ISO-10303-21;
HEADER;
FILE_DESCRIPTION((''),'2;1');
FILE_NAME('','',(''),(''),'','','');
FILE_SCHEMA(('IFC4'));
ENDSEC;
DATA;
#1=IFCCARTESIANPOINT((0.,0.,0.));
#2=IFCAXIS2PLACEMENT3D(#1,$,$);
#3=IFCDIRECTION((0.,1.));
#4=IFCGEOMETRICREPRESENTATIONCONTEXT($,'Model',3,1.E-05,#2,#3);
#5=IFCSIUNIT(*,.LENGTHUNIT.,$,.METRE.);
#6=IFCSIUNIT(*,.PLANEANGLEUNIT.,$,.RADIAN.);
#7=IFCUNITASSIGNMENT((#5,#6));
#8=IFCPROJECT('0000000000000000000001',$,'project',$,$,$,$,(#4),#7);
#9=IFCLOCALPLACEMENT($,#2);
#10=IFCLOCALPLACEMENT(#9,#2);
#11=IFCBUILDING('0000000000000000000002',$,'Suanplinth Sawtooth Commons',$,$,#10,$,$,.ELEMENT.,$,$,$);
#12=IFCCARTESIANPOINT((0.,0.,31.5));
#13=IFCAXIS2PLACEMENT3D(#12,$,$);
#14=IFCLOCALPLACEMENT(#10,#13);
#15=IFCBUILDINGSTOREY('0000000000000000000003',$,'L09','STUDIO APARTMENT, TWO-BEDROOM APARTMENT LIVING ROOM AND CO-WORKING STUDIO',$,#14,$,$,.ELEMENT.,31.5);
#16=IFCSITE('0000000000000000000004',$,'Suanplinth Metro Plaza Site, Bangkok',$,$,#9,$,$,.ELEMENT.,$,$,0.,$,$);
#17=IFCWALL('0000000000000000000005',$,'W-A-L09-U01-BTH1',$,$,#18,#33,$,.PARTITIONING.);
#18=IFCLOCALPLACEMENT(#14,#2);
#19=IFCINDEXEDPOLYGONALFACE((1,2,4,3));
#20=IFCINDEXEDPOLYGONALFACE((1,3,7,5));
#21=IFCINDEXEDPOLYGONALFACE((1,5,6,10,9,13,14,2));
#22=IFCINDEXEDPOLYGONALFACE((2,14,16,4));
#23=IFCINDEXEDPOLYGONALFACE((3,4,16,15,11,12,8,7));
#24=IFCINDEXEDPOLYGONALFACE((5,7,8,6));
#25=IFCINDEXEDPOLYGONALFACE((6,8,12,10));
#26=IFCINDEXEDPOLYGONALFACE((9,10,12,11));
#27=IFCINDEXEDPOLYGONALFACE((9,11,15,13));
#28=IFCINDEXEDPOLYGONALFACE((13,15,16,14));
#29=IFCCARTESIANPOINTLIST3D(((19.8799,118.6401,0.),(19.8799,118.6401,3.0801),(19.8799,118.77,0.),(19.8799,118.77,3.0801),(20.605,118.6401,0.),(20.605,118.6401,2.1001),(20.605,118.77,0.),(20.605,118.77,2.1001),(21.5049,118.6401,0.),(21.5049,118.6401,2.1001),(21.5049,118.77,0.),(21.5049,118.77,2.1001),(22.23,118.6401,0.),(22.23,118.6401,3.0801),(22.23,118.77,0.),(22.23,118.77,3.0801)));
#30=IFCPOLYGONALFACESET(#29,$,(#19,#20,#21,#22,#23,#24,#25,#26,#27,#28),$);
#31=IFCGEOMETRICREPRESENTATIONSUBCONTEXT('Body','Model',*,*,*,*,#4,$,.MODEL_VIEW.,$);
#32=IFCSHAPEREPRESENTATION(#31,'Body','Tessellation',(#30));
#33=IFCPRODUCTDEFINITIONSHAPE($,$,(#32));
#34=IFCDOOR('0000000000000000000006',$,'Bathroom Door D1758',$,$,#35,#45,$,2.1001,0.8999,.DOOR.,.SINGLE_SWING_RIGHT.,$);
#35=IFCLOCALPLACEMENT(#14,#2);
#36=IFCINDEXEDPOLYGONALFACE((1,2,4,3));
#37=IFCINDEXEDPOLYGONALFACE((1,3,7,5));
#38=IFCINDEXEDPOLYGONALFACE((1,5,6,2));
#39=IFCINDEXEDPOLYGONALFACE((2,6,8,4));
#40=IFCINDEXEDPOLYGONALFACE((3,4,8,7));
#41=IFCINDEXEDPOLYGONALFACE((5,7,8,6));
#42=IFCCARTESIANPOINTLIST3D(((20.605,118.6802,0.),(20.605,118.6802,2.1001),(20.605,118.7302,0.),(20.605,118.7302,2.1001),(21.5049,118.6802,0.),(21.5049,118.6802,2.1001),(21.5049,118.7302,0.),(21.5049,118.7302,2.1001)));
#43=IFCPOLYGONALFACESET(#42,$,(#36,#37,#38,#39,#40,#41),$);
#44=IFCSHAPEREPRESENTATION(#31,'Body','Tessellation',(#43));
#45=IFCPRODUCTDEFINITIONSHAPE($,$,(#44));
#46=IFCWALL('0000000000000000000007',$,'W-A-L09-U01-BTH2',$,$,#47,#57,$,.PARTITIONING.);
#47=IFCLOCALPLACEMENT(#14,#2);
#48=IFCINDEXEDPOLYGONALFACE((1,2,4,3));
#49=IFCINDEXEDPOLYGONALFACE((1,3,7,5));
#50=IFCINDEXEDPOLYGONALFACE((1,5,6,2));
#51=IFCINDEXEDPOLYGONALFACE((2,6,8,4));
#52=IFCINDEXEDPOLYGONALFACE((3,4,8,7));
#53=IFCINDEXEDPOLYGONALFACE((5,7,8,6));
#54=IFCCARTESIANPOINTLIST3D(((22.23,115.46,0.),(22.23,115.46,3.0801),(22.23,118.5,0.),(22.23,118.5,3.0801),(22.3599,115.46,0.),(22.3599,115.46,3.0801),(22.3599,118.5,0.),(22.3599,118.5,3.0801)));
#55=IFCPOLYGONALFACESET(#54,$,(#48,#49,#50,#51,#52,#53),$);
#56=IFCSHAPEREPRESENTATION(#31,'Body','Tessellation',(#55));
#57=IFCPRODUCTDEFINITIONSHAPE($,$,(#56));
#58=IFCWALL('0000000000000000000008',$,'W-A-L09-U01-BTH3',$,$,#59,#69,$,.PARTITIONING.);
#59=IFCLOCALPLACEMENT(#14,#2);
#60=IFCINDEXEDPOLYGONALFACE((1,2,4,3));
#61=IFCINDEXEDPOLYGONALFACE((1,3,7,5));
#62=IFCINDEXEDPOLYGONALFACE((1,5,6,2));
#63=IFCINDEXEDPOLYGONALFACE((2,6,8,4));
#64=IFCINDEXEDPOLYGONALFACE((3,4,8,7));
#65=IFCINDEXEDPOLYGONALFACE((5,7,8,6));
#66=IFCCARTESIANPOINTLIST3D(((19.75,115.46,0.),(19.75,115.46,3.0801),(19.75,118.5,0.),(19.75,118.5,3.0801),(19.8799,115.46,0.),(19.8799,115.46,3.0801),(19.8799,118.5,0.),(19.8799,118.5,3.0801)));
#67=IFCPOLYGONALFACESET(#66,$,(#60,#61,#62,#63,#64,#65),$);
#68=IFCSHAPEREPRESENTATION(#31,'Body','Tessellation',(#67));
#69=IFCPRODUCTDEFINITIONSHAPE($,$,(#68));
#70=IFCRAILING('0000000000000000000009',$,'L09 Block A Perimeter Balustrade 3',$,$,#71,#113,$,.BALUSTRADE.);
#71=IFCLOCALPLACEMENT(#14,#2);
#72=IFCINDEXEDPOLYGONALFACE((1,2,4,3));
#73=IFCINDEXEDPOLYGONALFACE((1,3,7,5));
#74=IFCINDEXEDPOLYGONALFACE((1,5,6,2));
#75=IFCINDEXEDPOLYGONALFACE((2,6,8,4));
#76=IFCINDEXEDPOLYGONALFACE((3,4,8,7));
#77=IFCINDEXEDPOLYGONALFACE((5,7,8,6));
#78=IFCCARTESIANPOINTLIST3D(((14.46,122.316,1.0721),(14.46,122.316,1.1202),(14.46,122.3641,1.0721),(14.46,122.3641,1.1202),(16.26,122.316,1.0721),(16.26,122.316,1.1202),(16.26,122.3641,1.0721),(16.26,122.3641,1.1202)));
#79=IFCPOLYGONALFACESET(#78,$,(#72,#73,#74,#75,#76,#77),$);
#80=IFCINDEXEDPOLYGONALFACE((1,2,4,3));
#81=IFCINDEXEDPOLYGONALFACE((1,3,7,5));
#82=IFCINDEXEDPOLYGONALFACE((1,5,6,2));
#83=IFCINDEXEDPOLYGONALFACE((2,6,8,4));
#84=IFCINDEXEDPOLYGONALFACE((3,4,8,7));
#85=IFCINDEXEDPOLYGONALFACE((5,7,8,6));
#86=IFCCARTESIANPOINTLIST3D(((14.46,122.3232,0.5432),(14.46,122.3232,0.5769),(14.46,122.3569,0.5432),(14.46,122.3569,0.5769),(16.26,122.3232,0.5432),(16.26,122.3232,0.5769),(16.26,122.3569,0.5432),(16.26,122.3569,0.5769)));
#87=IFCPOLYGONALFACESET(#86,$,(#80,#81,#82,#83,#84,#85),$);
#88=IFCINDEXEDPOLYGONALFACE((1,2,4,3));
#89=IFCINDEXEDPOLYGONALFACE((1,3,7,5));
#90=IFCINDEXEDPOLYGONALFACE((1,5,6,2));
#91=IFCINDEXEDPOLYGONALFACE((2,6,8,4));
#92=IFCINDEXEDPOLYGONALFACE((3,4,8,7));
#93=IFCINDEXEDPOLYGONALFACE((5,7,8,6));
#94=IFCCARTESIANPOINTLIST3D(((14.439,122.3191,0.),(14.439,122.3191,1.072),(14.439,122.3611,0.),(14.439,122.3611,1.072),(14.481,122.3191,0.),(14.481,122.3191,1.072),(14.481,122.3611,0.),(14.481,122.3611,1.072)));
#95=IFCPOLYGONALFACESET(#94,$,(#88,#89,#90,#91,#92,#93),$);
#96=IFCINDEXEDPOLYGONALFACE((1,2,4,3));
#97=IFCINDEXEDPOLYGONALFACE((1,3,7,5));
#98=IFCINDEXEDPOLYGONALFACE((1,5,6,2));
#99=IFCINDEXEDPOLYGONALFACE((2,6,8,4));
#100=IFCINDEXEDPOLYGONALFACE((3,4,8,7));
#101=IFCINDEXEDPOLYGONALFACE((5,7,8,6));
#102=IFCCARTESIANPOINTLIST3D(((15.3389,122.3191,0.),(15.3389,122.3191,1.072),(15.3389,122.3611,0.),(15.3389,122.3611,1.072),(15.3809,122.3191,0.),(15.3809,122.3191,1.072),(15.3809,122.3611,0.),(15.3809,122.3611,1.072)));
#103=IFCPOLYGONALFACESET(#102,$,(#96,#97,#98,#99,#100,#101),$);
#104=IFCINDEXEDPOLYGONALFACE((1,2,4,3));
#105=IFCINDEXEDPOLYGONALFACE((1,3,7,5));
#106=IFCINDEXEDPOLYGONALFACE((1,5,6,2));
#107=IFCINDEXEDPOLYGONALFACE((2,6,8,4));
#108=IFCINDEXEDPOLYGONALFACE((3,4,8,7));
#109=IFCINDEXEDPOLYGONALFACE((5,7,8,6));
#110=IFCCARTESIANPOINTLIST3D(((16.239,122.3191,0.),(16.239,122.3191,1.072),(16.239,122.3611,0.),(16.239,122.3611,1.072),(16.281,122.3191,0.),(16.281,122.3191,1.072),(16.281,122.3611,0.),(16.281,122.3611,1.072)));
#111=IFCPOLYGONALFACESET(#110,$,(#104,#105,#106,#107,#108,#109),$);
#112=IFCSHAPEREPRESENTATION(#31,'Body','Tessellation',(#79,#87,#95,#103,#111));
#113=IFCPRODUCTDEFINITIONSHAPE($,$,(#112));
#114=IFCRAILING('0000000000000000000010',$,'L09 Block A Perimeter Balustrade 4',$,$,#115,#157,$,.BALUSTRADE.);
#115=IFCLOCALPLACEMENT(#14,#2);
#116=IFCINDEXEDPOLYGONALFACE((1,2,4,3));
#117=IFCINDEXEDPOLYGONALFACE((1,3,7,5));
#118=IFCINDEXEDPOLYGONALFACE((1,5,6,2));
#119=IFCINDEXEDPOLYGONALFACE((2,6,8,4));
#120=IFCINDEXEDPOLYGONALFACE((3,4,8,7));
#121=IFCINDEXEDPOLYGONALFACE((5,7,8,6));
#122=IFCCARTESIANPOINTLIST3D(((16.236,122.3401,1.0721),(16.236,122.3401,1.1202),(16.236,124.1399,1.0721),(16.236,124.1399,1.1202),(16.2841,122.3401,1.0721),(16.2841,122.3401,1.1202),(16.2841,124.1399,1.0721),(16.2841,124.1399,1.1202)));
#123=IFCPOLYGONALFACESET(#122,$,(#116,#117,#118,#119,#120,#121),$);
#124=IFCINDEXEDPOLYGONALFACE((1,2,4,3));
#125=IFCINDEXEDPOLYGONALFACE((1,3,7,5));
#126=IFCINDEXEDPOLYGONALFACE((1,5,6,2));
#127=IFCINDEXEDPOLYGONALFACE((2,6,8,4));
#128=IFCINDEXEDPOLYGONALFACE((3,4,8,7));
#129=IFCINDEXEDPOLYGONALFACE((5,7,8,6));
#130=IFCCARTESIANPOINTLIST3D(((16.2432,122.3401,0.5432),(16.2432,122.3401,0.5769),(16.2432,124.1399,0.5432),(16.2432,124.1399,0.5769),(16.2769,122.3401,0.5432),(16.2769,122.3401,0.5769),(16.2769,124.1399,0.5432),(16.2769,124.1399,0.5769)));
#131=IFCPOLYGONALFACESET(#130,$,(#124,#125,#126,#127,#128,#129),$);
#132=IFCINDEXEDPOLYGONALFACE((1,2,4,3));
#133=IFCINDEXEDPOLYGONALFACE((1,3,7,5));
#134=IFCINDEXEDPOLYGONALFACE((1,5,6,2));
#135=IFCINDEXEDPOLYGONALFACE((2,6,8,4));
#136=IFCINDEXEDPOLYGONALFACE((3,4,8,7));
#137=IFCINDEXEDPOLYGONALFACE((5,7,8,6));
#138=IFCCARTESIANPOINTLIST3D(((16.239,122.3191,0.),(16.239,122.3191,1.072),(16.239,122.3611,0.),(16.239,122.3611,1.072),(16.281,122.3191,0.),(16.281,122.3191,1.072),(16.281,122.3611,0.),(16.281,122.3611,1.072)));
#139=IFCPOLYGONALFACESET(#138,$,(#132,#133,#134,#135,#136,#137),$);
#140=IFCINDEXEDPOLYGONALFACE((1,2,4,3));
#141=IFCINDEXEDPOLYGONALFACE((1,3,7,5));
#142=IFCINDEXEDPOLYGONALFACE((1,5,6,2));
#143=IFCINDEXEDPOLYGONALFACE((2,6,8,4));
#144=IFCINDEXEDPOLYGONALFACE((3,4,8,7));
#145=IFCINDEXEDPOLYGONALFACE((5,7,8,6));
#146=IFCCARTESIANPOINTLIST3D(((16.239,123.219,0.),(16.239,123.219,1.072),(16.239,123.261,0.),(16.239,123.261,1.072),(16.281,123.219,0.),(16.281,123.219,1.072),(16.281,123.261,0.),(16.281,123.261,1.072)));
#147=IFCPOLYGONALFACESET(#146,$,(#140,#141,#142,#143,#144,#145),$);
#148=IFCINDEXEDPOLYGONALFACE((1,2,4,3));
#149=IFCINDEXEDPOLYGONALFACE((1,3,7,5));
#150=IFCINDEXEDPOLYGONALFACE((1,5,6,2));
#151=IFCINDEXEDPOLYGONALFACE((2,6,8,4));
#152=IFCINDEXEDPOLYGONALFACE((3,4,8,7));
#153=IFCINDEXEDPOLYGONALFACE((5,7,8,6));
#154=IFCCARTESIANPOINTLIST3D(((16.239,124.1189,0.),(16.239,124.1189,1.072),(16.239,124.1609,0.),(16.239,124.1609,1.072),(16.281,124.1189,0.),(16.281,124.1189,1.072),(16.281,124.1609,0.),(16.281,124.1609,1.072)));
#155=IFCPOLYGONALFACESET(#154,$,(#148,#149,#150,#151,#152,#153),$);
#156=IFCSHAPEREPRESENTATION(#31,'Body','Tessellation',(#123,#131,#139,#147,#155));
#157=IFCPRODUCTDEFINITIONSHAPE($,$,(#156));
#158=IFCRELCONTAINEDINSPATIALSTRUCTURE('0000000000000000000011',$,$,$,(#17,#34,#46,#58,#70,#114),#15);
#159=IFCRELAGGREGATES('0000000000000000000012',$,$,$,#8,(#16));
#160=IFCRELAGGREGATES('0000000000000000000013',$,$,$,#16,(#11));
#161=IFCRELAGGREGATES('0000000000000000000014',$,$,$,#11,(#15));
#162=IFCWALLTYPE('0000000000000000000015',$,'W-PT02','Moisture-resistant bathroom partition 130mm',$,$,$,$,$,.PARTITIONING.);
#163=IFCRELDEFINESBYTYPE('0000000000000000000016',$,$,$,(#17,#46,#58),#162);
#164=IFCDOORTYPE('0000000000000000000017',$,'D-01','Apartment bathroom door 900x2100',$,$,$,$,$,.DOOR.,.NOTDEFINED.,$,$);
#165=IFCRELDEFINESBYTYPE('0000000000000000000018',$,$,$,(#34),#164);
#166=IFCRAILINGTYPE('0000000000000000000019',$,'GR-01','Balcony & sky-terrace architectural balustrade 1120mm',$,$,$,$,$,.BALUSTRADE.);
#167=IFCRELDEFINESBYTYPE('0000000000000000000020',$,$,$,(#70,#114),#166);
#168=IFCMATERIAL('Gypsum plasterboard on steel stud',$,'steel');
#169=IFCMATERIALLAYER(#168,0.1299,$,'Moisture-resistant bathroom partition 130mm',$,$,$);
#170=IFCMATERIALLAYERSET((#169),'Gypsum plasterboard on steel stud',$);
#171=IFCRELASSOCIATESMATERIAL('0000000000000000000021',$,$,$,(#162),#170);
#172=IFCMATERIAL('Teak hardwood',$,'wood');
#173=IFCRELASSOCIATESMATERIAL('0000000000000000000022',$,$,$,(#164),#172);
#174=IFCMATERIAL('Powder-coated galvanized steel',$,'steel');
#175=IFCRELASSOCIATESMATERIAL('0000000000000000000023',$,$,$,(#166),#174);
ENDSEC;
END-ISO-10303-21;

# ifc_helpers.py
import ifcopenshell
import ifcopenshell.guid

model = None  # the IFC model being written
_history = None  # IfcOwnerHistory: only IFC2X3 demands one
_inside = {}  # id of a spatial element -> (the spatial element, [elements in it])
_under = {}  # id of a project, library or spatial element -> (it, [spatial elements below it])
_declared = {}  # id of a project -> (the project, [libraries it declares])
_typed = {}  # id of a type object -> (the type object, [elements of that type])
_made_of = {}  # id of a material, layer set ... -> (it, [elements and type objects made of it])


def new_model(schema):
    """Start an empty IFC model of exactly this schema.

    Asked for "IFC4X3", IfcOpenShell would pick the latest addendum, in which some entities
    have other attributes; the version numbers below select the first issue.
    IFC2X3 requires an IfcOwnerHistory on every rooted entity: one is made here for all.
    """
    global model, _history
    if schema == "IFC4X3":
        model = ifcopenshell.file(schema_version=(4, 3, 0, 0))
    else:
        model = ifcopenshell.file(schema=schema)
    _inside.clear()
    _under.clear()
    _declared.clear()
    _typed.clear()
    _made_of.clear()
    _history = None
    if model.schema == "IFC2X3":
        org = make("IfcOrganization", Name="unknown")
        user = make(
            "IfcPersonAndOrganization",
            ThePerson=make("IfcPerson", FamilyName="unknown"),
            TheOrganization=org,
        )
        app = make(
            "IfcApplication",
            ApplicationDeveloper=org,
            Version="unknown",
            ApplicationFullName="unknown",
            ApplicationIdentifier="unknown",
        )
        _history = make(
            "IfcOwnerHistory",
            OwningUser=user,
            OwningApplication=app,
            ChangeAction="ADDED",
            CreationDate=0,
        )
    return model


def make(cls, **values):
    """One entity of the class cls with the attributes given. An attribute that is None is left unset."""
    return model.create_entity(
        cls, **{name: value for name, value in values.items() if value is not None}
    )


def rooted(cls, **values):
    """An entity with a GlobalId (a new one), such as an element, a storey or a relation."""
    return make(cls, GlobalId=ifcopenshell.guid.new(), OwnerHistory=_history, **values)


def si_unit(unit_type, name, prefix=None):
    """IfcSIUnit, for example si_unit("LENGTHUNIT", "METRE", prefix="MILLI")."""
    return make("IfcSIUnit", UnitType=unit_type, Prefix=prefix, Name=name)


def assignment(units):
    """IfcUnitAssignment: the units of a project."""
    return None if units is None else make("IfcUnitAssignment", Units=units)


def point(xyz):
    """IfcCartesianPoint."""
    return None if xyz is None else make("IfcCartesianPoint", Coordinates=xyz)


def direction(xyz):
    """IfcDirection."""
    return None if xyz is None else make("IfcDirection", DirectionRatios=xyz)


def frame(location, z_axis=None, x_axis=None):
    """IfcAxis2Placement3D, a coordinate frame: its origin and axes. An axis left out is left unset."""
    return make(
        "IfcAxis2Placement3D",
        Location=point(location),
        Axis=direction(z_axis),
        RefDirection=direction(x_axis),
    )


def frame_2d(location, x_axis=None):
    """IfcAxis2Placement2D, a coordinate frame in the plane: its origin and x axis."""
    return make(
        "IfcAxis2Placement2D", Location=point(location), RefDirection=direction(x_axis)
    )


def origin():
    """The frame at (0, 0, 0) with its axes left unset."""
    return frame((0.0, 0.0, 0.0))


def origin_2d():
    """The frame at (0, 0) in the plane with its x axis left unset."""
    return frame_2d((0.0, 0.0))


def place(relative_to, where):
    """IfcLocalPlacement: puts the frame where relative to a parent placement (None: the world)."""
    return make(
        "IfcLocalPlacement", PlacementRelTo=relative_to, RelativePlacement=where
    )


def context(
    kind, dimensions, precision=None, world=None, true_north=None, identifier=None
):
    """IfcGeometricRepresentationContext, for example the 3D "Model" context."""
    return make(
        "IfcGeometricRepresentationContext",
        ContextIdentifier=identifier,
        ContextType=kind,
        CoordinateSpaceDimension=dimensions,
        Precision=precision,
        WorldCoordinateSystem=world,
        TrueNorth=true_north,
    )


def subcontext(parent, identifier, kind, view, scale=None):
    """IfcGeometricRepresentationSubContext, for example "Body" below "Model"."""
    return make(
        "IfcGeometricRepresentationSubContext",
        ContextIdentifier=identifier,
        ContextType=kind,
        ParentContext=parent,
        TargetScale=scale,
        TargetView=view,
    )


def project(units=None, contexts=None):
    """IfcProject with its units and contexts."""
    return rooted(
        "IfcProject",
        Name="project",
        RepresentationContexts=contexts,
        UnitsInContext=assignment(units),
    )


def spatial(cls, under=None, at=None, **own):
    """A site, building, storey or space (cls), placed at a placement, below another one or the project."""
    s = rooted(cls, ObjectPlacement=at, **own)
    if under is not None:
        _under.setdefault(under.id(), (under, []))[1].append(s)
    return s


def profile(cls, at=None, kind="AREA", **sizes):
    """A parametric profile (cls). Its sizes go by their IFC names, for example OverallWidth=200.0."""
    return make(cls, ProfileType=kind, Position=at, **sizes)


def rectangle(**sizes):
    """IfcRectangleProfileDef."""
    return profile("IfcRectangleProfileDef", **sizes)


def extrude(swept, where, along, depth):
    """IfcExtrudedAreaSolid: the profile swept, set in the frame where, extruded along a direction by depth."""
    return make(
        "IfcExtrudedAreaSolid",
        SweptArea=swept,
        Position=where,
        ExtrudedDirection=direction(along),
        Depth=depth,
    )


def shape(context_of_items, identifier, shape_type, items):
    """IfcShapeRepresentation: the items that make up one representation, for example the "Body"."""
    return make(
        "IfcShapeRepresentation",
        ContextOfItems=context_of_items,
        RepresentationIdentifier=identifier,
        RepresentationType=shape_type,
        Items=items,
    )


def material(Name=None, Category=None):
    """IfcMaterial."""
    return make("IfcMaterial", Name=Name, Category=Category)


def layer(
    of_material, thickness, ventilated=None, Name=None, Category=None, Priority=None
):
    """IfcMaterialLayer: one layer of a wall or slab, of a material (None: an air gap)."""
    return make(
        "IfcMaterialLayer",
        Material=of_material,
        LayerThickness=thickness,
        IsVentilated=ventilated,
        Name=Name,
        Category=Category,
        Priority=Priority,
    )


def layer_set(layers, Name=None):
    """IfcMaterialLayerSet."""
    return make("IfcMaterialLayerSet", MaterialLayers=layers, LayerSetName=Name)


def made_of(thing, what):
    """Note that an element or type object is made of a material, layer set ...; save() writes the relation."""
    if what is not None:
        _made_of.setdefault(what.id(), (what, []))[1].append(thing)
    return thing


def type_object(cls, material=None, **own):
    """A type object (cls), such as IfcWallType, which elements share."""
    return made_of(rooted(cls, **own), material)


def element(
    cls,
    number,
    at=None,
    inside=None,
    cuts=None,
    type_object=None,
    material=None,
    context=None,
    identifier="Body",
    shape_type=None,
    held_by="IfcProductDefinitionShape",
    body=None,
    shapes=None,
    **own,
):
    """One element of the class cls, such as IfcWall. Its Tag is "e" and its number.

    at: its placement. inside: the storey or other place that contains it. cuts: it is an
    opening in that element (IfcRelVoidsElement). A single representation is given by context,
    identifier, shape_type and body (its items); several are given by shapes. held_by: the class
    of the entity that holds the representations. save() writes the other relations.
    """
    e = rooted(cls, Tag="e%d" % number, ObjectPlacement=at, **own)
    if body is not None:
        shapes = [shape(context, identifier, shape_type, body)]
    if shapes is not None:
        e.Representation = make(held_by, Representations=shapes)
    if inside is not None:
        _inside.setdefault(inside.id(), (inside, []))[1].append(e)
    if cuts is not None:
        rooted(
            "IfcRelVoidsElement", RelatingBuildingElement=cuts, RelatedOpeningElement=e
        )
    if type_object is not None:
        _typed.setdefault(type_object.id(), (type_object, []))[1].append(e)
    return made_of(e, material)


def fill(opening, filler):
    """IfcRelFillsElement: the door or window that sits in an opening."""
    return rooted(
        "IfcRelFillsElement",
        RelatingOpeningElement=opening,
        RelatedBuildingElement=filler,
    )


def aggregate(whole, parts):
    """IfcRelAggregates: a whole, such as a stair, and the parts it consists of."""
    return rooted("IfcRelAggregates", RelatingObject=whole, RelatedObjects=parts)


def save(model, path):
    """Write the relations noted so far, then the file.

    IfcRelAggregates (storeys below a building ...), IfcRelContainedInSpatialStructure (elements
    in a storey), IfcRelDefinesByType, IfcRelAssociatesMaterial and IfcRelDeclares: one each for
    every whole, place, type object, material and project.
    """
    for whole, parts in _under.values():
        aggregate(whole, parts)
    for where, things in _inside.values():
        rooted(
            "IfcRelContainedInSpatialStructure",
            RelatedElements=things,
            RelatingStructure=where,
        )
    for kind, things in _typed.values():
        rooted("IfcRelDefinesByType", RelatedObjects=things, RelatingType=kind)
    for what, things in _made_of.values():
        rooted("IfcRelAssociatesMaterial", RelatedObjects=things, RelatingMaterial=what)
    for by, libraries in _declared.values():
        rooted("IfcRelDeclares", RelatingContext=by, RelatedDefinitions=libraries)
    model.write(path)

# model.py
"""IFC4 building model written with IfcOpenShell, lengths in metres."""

from ifc_helpers import new_model, si_unit, direction, frame, frame_2d, origin, origin_2d, place, context, subcontext, project, spatial, rectangle, extrude, material, layer, layer_set, type_object, element, fill, save


model = new_model("IFC4")

# Units and contexts
model_context = context("Model", 3, precision=1e-05, world=origin(), true_north=direction((0.0, 1.0)))
body_context = subcontext(model_context, "Body", "Model", "MODEL_VIEW")
ifc_project = project(units=[si_unit("LENGTHUNIT", "METRE"), si_unit("PLANEANGLEUNIT", "RADIAN")], contexts=[model_context])

# Site, building, storey
site_placement = place(None, origin())
site = spatial("IfcSite", under=ifc_project, at=site_placement, Name="Suanplinth Metro Plaza Site, Bangkok", CompositionType="ELEMENT", RefElevation=0.0)
building_placement = place(site_placement, origin())
building = spatial("IfcBuilding", under=site, at=building_placement, Name="Suanplinth Sawtooth Commons", CompositionType="ELEMENT")
storey_placement = place(building_placement, frame((0.0, 0.0, 31.5)))
storey = spatial("IfcBuildingStorey", under=building, at=storey_placement, Name="L09", Description="STUDIO APARTMENT, TWO-BEDROOM APARTMENT LIVING ROOM AND CO-WORKING STUDIO", CompositionType="ELEMENT", Elevation=31.5)

# Wall, opening, door
ifc_material_1 = material(Name="Gypsum plasterboard on steel stud", Category="steel")
ifc_layer_1 = layer(ifc_material_1, 0.1299, Name="Moisture-resistant bathroom partition 130mm")
ifc_layer_set_1 = layer_set([ifc_layer_1], Name="Gypsum plasterboard on steel stud")
wall_type_1 = type_object("IfcWallType", Name="W-PT02", Description="Moisture-resistant bathroom partition 130mm", PredefinedType="PARTITIONING", material=ifc_layer_set_1)
wall_1_placement = place(storey_placement, frame((19.8799, 118.7051, 0.0), z_axis=(0.0, 0.0, 1.0), x_axis=(1.0, 0.0, 0.0)))
wall_1 = element("IfcWall", 1, at=wall_1_placement, inside=storey, type_object=wall_type_1, Name="W-A-L09-U01-BTH1", PredefinedType="PARTITIONING", context=body_context, shape_type="SweptSolid", body=[
    extrude(rectangle(XDim=2.3501, YDim=0.1299, at=frame_2d((1.175, 0.0))), origin(), (0.0, 0.0, 1.0), 3.0801),
])
opening_1_placement = place(wall_1_placement, frame((0.7251, 0.0, 0.0)))
opening_1 = element("IfcOpeningElement", 2, at=opening_1_placement, cuts=wall_1, PredefinedType="OPENING", context=body_context, shape_type="SweptSolid", body=[
    extrude(rectangle(XDim=0.8999, YDim=2.1001, at=frame_2d((0.45, 1.05))), frame((0.0, 0.0798, 0.0), z_axis=(0.0, -1.0, 0.0), x_axis=(1.0, 0.0, 0.0)), (0.0, 0.0, 1.0), 0.1597),
])
ifc_material_2 = material(Name="Teak hardwood", Category="wood")
door_type_1 = type_object("IfcDoorType", Name="D-01", Description="Apartment bathroom door 900x2100", OperationType="NOTDEFINED", PredefinedType="DOOR", material=ifc_material_2)
door_1_placement = place(opening_1_placement, frame((0.8999, 0.0, 0.0), z_axis=(0.0, 0.0, 1.0), x_axis=(-1.0, 0.0, 0.0)))
door_1 = element("IfcDoor", 3, at=door_1_placement, inside=storey, type_object=door_type_1, Name="Bathroom Door D1758", OperationType="SINGLE_SWING_RIGHT", OverallHeight=2.1001, OverallWidth=0.8999, PredefinedType="DOOR", context=body_context, shape_type="SweptSolid", body=[
    extrude(rectangle(XDim=0.8999, YDim=2.1001, at=frame_2d((0.45, 1.05))), frame((0.0, 0.0249, 0.0), z_axis=(0.0, -1.0, 0.0), x_axis=(1.0, 0.0, 0.0)), (0.0, 0.0, 1.0), 0.05),
])
fill(opening_1, door_1)

# Walls
for number, where, z_axis, x_axis, name in (
    (4, (22.2949, 115.46, 0.0), (0.0, 0.0, 1.0), (0.0, 1.0, 0.0), "W-A-L09-U01-BTH2"),
    (5, (19.8149, 115.46, 0.0), (0.0, 0.0, 1.0), (0.0, 1.0, 0.0), "W-A-L09-U01-BTH3"),
):
    element("IfcWall", number, at=place(storey_placement, frame(where, z_axis=z_axis, x_axis=x_axis)), inside=storey, type_object=wall_type_1, Name=name, PredefinedType="PARTITIONING", context=body_context, shape_type="SweptSolid", body=[
        extrude(rectangle(XDim=3.04, YDim=0.1299, at=frame_2d((1.52, 0.0))), origin(), (0.0, 0.0, 1.0), 3.0801),
    ])

# Railings
ifc_material_3 = material(Name="Powder-coated galvanized steel", Category="steel")
railing_type = type_object("IfcRailingType", Name="GR-01", Description="Balcony & sky-terrace architectural balustrade 1120mm", PredefinedType="BALUSTRADE", material=ifc_material_3)
railing_1_placement = place(storey_placement, frame((14.46, 122.3401, 0.0)))
element("IfcRailing", 6, at=railing_1_placement, inside=storey, type_object=railing_type, Name="L09 Block A Perimeter Balustrade 3", PredefinedType="BALUSTRADE", context=body_context, shape_type="SweptSolid", body=[
    extrude(rectangle(XDim=0.0481, YDim=0.0481, at=origin_2d()), frame((0.0, 0.0, 1.0962), z_axis=(1.0, 0.0, 0.0), x_axis=(0.0, 1.0, 0.0)), (0.0, 0.0, 1.0), 1.8),
    extrude(rectangle(XDim=0.0337, YDim=0.0337, at=origin_2d()), frame((0.0, 0.0, 0.5601), z_axis=(1.0, 0.0, 0.0), x_axis=(0.0, 1.0, 0.0)), (0.0, 0.0, 1.0), 1.8),
    extrude(rectangle(XDim=0.042, YDim=0.042, at=origin_2d()), origin(), (0.0, 0.0, 1.0), 1.072),
    extrude(rectangle(XDim=0.042, YDim=0.042, at=origin_2d()), frame((0.8999, 0.0, 0.0)), (0.0, 0.0, 1.0), 1.072),
    extrude(rectangle(XDim=0.042, YDim=0.042, at=origin_2d()), frame((1.8, 0.0, 0.0)), (0.0, 0.0, 1.0), 1.072),
])
railing_2_placement = place(storey_placement, frame((16.26, 122.3401, 0.0)))
element("IfcRailing", 7, at=railing_2_placement, inside=storey, type_object=railing_type, Name="L09 Block A Perimeter Balustrade 4", PredefinedType="BALUSTRADE", context=body_context, shape_type="SweptSolid", body=[
    extrude(rectangle(XDim=0.0481, YDim=0.0481, at=origin_2d()), frame((0.0, 0.0, 1.0962), z_axis=(0.0, 1.0, 0.0), x_axis=(-1.0, 0.0, 0.0)), (0.0, 0.0, 1.0), 1.7998),
    extrude(rectangle(XDim=0.0337, YDim=0.0337, at=origin_2d()), frame((0.0, 0.0, 0.5601), z_axis=(0.0, 1.0, 0.0), x_axis=(-1.0, 0.0, 0.0)), (0.0, 0.0, 1.0), 1.7998),
    extrude(rectangle(XDim=0.042, YDim=0.042, at=origin_2d()), origin(), (0.0, 0.0, 1.0), 1.072),
    extrude(rectangle(XDim=0.042, YDim=0.042, at=origin_2d()), frame((0.0, 0.8999, 0.0)), (0.0, 0.0, 1.0), 1.072),
    extrude(rectangle(XDim=0.042, YDim=0.042, at=origin_2d()), frame((0.0, 1.7998, 0.0)), (0.0, 0.0, 1.0), 1.072),
])

save(model, "model.ifc")
